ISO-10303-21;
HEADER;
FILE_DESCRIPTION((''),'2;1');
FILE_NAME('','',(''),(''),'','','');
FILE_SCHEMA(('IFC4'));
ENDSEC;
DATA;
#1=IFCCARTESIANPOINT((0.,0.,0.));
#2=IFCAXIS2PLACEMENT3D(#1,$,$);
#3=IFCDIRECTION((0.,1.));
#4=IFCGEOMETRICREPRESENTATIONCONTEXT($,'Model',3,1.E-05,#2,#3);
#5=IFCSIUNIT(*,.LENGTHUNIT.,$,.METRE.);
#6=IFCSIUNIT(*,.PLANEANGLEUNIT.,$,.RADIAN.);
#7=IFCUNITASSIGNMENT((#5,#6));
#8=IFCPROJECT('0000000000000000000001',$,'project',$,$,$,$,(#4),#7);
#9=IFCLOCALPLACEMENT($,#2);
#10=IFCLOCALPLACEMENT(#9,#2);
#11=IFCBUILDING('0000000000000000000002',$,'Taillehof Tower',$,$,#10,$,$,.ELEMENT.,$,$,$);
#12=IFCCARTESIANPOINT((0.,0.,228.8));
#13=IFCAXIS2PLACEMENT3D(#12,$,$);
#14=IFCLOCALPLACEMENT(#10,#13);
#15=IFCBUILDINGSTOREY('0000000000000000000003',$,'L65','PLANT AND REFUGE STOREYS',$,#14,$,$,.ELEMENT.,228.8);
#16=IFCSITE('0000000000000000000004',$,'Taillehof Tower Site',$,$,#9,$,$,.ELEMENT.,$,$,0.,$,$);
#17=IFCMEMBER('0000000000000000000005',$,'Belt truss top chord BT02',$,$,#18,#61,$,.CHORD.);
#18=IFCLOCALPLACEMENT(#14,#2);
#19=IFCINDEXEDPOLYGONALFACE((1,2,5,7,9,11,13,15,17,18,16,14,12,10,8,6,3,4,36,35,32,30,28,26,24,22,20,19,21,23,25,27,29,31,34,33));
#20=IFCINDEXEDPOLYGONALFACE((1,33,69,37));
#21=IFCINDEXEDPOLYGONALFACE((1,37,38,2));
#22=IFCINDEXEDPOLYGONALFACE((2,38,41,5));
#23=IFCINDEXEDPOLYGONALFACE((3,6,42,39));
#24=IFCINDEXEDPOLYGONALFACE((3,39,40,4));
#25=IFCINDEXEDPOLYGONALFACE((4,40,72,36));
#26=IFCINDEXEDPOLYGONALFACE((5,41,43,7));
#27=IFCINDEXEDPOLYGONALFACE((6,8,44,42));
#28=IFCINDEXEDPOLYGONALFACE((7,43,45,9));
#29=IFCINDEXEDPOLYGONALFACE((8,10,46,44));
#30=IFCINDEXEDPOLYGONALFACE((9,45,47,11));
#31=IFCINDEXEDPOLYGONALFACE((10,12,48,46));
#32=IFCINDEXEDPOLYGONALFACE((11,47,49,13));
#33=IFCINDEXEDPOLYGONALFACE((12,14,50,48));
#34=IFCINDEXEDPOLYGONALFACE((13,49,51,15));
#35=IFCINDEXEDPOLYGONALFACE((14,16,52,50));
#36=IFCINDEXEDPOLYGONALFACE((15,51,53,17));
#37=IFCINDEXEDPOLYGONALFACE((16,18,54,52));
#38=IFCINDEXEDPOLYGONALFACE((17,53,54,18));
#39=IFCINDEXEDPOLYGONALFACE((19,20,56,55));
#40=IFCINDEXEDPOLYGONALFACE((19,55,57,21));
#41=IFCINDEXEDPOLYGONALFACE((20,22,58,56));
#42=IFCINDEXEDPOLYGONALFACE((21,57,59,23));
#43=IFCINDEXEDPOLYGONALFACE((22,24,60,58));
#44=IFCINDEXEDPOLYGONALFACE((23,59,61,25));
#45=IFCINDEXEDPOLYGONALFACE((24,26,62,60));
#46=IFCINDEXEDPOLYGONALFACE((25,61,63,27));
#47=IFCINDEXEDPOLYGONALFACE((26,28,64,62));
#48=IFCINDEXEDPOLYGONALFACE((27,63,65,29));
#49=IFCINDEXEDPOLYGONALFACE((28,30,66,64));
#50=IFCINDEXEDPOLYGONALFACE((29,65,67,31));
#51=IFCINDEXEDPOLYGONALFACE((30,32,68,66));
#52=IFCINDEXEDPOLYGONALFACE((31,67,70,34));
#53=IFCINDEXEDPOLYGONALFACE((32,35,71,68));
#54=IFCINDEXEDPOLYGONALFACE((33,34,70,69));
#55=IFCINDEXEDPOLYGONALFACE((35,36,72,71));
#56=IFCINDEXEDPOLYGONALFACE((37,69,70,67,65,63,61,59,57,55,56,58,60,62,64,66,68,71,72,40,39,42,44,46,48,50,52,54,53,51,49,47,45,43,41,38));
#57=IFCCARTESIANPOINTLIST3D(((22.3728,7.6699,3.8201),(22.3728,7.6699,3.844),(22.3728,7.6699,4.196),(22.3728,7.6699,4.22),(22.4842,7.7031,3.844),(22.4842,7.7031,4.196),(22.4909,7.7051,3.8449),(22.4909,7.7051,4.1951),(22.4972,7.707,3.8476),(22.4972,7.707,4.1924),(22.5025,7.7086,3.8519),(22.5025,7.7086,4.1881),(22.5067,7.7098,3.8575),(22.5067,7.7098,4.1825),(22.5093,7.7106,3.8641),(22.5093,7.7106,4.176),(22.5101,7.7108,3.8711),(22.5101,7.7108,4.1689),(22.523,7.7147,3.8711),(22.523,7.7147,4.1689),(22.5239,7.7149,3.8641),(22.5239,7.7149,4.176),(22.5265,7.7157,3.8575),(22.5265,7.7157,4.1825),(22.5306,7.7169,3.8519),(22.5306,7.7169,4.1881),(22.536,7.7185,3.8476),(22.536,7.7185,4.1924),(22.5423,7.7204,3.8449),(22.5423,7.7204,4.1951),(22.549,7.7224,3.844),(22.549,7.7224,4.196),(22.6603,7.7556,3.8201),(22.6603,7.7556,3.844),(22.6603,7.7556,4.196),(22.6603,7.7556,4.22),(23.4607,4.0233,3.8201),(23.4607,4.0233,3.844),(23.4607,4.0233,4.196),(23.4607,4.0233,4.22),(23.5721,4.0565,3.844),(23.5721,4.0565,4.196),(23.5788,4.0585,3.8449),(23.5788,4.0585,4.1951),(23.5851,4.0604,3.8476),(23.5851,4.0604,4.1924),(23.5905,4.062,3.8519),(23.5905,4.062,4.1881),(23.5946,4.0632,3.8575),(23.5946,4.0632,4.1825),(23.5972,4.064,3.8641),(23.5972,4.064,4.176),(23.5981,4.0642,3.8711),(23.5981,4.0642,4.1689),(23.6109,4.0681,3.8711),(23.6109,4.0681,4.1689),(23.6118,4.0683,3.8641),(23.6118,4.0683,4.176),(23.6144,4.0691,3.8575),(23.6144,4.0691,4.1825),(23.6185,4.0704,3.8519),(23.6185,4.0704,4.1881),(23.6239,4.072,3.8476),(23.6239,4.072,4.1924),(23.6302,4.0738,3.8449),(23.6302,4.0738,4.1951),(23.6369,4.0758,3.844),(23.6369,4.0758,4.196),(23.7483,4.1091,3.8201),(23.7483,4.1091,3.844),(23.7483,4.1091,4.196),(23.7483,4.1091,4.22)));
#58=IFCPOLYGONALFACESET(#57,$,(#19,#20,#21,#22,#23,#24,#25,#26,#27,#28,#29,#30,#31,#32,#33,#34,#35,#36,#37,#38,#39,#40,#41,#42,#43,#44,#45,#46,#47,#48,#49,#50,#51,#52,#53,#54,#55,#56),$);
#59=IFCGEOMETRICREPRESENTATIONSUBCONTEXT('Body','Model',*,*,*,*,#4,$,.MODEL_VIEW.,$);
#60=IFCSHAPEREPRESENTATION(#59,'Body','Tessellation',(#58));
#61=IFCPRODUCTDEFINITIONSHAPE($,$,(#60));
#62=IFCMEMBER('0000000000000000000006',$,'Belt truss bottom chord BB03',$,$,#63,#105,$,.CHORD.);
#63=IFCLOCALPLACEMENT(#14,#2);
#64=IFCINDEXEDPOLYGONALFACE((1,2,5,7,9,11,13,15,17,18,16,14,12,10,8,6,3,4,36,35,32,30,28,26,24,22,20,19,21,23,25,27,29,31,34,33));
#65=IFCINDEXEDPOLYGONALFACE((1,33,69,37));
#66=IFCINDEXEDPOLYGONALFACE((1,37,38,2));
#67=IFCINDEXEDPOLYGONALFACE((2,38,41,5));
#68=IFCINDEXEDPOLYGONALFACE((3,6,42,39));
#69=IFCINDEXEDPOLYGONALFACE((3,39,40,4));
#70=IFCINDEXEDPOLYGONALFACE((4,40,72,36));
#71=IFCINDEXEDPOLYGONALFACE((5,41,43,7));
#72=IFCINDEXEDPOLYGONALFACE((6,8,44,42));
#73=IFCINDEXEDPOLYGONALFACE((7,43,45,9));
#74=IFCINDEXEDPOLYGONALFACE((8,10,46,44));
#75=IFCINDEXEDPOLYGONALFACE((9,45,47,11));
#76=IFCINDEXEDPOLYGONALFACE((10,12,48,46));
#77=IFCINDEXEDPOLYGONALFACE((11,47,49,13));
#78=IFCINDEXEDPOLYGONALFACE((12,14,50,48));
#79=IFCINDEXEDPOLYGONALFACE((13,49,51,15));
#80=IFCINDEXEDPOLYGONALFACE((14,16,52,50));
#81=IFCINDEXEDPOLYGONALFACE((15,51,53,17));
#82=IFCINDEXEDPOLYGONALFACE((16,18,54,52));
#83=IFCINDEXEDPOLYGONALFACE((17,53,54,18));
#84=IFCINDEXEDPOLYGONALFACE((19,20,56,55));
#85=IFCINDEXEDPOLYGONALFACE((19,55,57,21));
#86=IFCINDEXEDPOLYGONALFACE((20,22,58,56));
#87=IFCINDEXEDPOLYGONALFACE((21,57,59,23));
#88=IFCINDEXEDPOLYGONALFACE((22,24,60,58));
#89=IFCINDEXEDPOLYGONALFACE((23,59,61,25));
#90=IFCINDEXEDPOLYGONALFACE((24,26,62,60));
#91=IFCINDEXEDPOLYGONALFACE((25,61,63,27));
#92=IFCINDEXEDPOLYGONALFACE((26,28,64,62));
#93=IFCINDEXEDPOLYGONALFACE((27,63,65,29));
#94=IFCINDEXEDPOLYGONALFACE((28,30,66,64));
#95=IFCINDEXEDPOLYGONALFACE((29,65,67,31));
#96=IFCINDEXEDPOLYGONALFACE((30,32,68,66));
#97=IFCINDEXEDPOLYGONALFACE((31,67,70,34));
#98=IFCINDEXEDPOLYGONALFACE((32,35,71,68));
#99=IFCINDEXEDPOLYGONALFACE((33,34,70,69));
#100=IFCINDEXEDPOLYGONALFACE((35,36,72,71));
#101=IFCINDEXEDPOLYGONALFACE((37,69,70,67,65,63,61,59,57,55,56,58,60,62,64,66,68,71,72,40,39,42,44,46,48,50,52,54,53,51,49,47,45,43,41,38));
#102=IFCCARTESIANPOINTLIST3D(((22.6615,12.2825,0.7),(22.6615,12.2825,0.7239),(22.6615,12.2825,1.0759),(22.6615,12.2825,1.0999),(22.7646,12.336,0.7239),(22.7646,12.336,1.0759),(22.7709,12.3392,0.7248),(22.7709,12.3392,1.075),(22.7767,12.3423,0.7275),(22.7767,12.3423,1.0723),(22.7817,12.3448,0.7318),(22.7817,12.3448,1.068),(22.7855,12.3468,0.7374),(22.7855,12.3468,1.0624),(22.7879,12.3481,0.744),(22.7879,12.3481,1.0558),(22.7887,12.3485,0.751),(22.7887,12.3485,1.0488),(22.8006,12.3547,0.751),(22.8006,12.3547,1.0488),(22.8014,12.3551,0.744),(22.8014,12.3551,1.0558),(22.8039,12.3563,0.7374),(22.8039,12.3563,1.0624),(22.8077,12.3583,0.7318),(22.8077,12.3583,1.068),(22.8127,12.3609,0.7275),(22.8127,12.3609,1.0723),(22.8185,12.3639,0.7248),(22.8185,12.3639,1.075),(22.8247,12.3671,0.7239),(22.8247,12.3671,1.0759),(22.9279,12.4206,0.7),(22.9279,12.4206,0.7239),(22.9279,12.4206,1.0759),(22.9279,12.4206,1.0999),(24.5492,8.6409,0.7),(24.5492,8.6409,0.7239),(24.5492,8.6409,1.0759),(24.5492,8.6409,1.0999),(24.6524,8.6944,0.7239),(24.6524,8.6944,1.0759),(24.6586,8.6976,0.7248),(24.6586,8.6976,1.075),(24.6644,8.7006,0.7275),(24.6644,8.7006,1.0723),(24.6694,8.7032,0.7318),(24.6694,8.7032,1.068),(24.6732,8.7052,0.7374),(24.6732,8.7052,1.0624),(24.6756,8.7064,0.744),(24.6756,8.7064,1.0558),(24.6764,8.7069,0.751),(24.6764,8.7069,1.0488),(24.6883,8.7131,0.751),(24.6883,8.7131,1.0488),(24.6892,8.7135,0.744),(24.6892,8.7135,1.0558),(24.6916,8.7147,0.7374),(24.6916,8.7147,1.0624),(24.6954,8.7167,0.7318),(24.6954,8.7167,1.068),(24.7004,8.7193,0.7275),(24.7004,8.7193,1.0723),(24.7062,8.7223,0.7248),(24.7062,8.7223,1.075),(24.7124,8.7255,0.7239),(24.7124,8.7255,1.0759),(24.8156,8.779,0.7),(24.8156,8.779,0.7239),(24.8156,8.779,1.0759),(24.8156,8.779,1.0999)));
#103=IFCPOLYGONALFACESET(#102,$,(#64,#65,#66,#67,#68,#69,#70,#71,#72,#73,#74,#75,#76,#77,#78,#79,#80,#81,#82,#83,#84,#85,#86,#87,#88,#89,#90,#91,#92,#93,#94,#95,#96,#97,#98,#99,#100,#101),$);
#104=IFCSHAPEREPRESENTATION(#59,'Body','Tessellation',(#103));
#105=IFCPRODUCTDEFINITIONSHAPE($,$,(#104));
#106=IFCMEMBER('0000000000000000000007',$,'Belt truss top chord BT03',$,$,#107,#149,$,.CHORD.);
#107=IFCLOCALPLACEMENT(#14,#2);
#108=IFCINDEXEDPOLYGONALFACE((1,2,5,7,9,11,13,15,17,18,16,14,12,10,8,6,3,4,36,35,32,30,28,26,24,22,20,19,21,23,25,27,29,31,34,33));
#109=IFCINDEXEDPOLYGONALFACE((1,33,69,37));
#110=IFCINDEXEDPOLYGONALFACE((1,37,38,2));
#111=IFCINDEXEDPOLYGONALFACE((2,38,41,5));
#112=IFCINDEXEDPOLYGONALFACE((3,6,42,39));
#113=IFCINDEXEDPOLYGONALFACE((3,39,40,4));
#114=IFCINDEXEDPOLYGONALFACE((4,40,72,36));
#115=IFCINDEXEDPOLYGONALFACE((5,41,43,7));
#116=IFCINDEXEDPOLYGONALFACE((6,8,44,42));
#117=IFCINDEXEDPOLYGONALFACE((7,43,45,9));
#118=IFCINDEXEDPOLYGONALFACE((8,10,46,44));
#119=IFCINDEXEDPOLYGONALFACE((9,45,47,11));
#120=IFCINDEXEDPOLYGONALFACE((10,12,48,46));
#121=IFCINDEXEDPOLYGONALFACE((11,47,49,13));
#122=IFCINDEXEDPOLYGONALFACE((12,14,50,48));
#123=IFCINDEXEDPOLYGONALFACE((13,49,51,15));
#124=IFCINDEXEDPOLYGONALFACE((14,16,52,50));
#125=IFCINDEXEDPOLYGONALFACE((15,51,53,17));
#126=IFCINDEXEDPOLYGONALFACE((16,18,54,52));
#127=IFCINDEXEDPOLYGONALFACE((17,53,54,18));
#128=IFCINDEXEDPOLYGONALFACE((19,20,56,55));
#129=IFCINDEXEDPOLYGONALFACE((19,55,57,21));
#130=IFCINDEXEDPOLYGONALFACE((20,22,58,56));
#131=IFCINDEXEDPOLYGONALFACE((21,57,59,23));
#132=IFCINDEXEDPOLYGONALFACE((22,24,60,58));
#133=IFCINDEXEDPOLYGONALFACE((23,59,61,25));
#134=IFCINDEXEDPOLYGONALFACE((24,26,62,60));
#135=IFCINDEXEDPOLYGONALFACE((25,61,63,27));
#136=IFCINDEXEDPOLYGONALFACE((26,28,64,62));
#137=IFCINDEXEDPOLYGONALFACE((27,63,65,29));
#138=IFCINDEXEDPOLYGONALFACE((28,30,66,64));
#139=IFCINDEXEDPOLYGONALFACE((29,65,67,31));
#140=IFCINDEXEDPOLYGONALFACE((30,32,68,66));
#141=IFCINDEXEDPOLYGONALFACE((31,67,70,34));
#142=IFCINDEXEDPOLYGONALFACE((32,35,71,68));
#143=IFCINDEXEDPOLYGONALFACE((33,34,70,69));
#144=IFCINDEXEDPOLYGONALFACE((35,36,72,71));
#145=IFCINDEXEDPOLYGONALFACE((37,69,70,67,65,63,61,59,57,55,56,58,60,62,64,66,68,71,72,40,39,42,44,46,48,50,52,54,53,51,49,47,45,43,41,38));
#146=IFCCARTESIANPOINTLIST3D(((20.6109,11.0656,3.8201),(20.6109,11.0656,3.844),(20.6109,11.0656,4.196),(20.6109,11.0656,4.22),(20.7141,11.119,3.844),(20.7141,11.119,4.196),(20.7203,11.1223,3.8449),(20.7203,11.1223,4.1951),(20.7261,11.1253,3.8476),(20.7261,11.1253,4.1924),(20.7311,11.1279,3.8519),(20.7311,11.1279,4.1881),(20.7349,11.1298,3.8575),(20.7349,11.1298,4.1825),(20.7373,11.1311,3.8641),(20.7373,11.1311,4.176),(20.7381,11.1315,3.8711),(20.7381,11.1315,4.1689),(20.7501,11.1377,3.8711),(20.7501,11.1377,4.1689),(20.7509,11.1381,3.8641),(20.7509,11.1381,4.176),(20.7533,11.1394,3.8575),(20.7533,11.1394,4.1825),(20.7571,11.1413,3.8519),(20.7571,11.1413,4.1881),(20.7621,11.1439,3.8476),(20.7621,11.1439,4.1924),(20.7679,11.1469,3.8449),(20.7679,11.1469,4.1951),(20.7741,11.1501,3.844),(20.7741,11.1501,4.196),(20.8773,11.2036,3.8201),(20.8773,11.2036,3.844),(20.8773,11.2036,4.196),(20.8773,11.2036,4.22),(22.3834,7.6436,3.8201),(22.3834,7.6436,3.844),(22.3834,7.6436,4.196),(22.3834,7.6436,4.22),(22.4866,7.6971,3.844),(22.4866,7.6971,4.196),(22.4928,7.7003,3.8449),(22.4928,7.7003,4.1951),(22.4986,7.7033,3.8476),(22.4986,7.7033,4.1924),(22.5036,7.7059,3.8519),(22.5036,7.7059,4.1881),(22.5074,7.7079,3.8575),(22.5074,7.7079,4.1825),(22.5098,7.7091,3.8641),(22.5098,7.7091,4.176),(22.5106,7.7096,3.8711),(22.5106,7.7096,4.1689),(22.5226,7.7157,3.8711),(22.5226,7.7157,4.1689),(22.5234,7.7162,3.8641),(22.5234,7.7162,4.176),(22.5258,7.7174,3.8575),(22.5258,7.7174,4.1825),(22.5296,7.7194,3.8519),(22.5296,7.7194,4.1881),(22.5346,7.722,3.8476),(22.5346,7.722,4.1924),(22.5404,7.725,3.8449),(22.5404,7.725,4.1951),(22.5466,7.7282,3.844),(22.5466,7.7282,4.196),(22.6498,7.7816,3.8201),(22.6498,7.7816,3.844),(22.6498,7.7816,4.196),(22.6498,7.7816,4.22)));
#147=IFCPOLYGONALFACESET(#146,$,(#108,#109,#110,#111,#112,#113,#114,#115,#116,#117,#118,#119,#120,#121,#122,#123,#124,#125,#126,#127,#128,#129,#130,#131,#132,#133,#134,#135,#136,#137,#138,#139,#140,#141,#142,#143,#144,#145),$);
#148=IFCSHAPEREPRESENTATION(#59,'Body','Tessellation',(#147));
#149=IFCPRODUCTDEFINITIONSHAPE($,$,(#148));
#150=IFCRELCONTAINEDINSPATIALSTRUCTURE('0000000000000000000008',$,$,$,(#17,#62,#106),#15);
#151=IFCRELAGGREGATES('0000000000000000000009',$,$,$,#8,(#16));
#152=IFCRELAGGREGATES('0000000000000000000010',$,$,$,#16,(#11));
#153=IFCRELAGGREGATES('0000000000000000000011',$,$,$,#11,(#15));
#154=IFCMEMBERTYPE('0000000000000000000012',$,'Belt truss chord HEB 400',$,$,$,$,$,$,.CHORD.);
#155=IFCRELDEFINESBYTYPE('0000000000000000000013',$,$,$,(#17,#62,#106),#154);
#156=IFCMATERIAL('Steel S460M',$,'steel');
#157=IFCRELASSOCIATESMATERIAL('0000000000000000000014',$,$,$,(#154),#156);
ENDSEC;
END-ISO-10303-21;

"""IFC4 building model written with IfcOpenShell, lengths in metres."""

from ifc_helpers import new_model, si_unit, direction, frame, origin, origin_2d, place, context, subcontext, project, spatial, i_section, extrude, material, material_profile, profile_set, type_object, element, save


model = new_model("IFC4")

# Units and contexts
model_context = context("Model", 3, precision=1e-05, world=origin(), true_north=direction((0.0, 1.0)))
body_context = subcontext(model_context, "Body", "Model", "MODEL_VIEW")
ifc_project = project(units=[si_unit("LENGTHUNIT", "METRE"), si_unit("PLANEANGLEUNIT", "RADIAN")], contexts=[model_context])

# Site, building, storey
site_placement = place(None, origin())
site = spatial("IfcSite", under=ifc_project, at=site_placement, Name="Taillehof Tower Site", CompositionType="ELEMENT", RefElevation=0.0)
building_placement = place(site_placement, origin())
building = spatial("IfcBuilding", under=site, at=building_placement, Name="Taillehof Tower", CompositionType="ELEMENT")
storey_placement = place(building_placement, frame((0.0, 0.0, 228.8)))
storey = spatial("IfcBuildingStorey", under=building, at=storey_placement, Name="L65", Description="PLANT AND REFUGE STOREYS", CompositionType="ELEMENT", Elevation=228.8)

# Members
ifc_material_1 = material(Name="Steel S460M", Category="steel")
ifc_material_profile_1 = material_profile(ifc_material_1, i_section(OverallWidth=0.3, OverallDepth=0.3999, WebThickness=0.0134, FlangeThickness=0.0239, FilletRadius=0.0271, at=origin_2d()), Name="HEB 400")
ifc_profile_set_1 = profile_set([ifc_material_profile_1], Name="Steel S460M")
member_type_1 = type_object("IfcMemberType", Name="Belt truss chord HEB 400", PredefinedType="CHORD", material=ifc_profile_set_1)
member_1_placement = place(storey_placement, frame((23.6045, 4.0662, 4.02), z_axis=(-0.285888, 0.958263, 0.0), x_axis=(-0.958263, -0.285888, 0.0)))
element("IfcMember", 1, at=member_1_placement, inside=storey, type_object=member_type_1, Name="Belt truss top chord BT02", PredefinedType="CHORD", context=body_context, shape_type="SweptSolid", body=[
    extrude(i_section(OverallWidth=0.3, OverallDepth=0.3999, WebThickness=0.0134, FlangeThickness=0.0239, FilletRadius=0.0271, at=origin_2d()), origin(), (0.0, 0.0, 1.0), 3.8054),
])
member_2_placement = place(storey_placement, frame((24.6824, 8.71, 0.8999), z_axis=(-0.460213, 0.887809, 0.0), x_axis=(-0.887809, -0.460213, 0.0)))
element("IfcMember", 2, at=member_2_placement, inside=storey, type_object=member_type_1, Name="Belt truss bottom chord BB03", PredefinedType="CHORD", context=body_context, shape_type="SweptSolid", body=[
    extrude(i_section(OverallWidth=0.3, OverallDepth=0.3999, WebThickness=0.0134, FlangeThickness=0.0239, FilletRadius=0.0271, at=origin_2d()), origin(), (0.0, 0.0, 1.0), 4.1018),
])
member_3_placement = place(storey_placement, frame((22.5166, 7.7126, 4.02), z_axis=(-0.45994, 0.88795, 0.0), x_axis=(-0.88795, -0.45994, 0.0)))
element("IfcMember", 3, at=member_3_placement, inside=storey, type_object=member_type_1, Name="Belt truss top chord BT03", PredefinedType="CHORD", context=body_context, shape_type="SweptSolid", body=[
    extrude(i_section(OverallWidth=0.3, OverallDepth=0.3999, WebThickness=0.0134, FlangeThickness=0.0239, FilletRadius=0.0271, at=origin_2d()), origin(), (0.0, 0.0, 1.0), 3.8538),
])

save(model, "model.ifc")
